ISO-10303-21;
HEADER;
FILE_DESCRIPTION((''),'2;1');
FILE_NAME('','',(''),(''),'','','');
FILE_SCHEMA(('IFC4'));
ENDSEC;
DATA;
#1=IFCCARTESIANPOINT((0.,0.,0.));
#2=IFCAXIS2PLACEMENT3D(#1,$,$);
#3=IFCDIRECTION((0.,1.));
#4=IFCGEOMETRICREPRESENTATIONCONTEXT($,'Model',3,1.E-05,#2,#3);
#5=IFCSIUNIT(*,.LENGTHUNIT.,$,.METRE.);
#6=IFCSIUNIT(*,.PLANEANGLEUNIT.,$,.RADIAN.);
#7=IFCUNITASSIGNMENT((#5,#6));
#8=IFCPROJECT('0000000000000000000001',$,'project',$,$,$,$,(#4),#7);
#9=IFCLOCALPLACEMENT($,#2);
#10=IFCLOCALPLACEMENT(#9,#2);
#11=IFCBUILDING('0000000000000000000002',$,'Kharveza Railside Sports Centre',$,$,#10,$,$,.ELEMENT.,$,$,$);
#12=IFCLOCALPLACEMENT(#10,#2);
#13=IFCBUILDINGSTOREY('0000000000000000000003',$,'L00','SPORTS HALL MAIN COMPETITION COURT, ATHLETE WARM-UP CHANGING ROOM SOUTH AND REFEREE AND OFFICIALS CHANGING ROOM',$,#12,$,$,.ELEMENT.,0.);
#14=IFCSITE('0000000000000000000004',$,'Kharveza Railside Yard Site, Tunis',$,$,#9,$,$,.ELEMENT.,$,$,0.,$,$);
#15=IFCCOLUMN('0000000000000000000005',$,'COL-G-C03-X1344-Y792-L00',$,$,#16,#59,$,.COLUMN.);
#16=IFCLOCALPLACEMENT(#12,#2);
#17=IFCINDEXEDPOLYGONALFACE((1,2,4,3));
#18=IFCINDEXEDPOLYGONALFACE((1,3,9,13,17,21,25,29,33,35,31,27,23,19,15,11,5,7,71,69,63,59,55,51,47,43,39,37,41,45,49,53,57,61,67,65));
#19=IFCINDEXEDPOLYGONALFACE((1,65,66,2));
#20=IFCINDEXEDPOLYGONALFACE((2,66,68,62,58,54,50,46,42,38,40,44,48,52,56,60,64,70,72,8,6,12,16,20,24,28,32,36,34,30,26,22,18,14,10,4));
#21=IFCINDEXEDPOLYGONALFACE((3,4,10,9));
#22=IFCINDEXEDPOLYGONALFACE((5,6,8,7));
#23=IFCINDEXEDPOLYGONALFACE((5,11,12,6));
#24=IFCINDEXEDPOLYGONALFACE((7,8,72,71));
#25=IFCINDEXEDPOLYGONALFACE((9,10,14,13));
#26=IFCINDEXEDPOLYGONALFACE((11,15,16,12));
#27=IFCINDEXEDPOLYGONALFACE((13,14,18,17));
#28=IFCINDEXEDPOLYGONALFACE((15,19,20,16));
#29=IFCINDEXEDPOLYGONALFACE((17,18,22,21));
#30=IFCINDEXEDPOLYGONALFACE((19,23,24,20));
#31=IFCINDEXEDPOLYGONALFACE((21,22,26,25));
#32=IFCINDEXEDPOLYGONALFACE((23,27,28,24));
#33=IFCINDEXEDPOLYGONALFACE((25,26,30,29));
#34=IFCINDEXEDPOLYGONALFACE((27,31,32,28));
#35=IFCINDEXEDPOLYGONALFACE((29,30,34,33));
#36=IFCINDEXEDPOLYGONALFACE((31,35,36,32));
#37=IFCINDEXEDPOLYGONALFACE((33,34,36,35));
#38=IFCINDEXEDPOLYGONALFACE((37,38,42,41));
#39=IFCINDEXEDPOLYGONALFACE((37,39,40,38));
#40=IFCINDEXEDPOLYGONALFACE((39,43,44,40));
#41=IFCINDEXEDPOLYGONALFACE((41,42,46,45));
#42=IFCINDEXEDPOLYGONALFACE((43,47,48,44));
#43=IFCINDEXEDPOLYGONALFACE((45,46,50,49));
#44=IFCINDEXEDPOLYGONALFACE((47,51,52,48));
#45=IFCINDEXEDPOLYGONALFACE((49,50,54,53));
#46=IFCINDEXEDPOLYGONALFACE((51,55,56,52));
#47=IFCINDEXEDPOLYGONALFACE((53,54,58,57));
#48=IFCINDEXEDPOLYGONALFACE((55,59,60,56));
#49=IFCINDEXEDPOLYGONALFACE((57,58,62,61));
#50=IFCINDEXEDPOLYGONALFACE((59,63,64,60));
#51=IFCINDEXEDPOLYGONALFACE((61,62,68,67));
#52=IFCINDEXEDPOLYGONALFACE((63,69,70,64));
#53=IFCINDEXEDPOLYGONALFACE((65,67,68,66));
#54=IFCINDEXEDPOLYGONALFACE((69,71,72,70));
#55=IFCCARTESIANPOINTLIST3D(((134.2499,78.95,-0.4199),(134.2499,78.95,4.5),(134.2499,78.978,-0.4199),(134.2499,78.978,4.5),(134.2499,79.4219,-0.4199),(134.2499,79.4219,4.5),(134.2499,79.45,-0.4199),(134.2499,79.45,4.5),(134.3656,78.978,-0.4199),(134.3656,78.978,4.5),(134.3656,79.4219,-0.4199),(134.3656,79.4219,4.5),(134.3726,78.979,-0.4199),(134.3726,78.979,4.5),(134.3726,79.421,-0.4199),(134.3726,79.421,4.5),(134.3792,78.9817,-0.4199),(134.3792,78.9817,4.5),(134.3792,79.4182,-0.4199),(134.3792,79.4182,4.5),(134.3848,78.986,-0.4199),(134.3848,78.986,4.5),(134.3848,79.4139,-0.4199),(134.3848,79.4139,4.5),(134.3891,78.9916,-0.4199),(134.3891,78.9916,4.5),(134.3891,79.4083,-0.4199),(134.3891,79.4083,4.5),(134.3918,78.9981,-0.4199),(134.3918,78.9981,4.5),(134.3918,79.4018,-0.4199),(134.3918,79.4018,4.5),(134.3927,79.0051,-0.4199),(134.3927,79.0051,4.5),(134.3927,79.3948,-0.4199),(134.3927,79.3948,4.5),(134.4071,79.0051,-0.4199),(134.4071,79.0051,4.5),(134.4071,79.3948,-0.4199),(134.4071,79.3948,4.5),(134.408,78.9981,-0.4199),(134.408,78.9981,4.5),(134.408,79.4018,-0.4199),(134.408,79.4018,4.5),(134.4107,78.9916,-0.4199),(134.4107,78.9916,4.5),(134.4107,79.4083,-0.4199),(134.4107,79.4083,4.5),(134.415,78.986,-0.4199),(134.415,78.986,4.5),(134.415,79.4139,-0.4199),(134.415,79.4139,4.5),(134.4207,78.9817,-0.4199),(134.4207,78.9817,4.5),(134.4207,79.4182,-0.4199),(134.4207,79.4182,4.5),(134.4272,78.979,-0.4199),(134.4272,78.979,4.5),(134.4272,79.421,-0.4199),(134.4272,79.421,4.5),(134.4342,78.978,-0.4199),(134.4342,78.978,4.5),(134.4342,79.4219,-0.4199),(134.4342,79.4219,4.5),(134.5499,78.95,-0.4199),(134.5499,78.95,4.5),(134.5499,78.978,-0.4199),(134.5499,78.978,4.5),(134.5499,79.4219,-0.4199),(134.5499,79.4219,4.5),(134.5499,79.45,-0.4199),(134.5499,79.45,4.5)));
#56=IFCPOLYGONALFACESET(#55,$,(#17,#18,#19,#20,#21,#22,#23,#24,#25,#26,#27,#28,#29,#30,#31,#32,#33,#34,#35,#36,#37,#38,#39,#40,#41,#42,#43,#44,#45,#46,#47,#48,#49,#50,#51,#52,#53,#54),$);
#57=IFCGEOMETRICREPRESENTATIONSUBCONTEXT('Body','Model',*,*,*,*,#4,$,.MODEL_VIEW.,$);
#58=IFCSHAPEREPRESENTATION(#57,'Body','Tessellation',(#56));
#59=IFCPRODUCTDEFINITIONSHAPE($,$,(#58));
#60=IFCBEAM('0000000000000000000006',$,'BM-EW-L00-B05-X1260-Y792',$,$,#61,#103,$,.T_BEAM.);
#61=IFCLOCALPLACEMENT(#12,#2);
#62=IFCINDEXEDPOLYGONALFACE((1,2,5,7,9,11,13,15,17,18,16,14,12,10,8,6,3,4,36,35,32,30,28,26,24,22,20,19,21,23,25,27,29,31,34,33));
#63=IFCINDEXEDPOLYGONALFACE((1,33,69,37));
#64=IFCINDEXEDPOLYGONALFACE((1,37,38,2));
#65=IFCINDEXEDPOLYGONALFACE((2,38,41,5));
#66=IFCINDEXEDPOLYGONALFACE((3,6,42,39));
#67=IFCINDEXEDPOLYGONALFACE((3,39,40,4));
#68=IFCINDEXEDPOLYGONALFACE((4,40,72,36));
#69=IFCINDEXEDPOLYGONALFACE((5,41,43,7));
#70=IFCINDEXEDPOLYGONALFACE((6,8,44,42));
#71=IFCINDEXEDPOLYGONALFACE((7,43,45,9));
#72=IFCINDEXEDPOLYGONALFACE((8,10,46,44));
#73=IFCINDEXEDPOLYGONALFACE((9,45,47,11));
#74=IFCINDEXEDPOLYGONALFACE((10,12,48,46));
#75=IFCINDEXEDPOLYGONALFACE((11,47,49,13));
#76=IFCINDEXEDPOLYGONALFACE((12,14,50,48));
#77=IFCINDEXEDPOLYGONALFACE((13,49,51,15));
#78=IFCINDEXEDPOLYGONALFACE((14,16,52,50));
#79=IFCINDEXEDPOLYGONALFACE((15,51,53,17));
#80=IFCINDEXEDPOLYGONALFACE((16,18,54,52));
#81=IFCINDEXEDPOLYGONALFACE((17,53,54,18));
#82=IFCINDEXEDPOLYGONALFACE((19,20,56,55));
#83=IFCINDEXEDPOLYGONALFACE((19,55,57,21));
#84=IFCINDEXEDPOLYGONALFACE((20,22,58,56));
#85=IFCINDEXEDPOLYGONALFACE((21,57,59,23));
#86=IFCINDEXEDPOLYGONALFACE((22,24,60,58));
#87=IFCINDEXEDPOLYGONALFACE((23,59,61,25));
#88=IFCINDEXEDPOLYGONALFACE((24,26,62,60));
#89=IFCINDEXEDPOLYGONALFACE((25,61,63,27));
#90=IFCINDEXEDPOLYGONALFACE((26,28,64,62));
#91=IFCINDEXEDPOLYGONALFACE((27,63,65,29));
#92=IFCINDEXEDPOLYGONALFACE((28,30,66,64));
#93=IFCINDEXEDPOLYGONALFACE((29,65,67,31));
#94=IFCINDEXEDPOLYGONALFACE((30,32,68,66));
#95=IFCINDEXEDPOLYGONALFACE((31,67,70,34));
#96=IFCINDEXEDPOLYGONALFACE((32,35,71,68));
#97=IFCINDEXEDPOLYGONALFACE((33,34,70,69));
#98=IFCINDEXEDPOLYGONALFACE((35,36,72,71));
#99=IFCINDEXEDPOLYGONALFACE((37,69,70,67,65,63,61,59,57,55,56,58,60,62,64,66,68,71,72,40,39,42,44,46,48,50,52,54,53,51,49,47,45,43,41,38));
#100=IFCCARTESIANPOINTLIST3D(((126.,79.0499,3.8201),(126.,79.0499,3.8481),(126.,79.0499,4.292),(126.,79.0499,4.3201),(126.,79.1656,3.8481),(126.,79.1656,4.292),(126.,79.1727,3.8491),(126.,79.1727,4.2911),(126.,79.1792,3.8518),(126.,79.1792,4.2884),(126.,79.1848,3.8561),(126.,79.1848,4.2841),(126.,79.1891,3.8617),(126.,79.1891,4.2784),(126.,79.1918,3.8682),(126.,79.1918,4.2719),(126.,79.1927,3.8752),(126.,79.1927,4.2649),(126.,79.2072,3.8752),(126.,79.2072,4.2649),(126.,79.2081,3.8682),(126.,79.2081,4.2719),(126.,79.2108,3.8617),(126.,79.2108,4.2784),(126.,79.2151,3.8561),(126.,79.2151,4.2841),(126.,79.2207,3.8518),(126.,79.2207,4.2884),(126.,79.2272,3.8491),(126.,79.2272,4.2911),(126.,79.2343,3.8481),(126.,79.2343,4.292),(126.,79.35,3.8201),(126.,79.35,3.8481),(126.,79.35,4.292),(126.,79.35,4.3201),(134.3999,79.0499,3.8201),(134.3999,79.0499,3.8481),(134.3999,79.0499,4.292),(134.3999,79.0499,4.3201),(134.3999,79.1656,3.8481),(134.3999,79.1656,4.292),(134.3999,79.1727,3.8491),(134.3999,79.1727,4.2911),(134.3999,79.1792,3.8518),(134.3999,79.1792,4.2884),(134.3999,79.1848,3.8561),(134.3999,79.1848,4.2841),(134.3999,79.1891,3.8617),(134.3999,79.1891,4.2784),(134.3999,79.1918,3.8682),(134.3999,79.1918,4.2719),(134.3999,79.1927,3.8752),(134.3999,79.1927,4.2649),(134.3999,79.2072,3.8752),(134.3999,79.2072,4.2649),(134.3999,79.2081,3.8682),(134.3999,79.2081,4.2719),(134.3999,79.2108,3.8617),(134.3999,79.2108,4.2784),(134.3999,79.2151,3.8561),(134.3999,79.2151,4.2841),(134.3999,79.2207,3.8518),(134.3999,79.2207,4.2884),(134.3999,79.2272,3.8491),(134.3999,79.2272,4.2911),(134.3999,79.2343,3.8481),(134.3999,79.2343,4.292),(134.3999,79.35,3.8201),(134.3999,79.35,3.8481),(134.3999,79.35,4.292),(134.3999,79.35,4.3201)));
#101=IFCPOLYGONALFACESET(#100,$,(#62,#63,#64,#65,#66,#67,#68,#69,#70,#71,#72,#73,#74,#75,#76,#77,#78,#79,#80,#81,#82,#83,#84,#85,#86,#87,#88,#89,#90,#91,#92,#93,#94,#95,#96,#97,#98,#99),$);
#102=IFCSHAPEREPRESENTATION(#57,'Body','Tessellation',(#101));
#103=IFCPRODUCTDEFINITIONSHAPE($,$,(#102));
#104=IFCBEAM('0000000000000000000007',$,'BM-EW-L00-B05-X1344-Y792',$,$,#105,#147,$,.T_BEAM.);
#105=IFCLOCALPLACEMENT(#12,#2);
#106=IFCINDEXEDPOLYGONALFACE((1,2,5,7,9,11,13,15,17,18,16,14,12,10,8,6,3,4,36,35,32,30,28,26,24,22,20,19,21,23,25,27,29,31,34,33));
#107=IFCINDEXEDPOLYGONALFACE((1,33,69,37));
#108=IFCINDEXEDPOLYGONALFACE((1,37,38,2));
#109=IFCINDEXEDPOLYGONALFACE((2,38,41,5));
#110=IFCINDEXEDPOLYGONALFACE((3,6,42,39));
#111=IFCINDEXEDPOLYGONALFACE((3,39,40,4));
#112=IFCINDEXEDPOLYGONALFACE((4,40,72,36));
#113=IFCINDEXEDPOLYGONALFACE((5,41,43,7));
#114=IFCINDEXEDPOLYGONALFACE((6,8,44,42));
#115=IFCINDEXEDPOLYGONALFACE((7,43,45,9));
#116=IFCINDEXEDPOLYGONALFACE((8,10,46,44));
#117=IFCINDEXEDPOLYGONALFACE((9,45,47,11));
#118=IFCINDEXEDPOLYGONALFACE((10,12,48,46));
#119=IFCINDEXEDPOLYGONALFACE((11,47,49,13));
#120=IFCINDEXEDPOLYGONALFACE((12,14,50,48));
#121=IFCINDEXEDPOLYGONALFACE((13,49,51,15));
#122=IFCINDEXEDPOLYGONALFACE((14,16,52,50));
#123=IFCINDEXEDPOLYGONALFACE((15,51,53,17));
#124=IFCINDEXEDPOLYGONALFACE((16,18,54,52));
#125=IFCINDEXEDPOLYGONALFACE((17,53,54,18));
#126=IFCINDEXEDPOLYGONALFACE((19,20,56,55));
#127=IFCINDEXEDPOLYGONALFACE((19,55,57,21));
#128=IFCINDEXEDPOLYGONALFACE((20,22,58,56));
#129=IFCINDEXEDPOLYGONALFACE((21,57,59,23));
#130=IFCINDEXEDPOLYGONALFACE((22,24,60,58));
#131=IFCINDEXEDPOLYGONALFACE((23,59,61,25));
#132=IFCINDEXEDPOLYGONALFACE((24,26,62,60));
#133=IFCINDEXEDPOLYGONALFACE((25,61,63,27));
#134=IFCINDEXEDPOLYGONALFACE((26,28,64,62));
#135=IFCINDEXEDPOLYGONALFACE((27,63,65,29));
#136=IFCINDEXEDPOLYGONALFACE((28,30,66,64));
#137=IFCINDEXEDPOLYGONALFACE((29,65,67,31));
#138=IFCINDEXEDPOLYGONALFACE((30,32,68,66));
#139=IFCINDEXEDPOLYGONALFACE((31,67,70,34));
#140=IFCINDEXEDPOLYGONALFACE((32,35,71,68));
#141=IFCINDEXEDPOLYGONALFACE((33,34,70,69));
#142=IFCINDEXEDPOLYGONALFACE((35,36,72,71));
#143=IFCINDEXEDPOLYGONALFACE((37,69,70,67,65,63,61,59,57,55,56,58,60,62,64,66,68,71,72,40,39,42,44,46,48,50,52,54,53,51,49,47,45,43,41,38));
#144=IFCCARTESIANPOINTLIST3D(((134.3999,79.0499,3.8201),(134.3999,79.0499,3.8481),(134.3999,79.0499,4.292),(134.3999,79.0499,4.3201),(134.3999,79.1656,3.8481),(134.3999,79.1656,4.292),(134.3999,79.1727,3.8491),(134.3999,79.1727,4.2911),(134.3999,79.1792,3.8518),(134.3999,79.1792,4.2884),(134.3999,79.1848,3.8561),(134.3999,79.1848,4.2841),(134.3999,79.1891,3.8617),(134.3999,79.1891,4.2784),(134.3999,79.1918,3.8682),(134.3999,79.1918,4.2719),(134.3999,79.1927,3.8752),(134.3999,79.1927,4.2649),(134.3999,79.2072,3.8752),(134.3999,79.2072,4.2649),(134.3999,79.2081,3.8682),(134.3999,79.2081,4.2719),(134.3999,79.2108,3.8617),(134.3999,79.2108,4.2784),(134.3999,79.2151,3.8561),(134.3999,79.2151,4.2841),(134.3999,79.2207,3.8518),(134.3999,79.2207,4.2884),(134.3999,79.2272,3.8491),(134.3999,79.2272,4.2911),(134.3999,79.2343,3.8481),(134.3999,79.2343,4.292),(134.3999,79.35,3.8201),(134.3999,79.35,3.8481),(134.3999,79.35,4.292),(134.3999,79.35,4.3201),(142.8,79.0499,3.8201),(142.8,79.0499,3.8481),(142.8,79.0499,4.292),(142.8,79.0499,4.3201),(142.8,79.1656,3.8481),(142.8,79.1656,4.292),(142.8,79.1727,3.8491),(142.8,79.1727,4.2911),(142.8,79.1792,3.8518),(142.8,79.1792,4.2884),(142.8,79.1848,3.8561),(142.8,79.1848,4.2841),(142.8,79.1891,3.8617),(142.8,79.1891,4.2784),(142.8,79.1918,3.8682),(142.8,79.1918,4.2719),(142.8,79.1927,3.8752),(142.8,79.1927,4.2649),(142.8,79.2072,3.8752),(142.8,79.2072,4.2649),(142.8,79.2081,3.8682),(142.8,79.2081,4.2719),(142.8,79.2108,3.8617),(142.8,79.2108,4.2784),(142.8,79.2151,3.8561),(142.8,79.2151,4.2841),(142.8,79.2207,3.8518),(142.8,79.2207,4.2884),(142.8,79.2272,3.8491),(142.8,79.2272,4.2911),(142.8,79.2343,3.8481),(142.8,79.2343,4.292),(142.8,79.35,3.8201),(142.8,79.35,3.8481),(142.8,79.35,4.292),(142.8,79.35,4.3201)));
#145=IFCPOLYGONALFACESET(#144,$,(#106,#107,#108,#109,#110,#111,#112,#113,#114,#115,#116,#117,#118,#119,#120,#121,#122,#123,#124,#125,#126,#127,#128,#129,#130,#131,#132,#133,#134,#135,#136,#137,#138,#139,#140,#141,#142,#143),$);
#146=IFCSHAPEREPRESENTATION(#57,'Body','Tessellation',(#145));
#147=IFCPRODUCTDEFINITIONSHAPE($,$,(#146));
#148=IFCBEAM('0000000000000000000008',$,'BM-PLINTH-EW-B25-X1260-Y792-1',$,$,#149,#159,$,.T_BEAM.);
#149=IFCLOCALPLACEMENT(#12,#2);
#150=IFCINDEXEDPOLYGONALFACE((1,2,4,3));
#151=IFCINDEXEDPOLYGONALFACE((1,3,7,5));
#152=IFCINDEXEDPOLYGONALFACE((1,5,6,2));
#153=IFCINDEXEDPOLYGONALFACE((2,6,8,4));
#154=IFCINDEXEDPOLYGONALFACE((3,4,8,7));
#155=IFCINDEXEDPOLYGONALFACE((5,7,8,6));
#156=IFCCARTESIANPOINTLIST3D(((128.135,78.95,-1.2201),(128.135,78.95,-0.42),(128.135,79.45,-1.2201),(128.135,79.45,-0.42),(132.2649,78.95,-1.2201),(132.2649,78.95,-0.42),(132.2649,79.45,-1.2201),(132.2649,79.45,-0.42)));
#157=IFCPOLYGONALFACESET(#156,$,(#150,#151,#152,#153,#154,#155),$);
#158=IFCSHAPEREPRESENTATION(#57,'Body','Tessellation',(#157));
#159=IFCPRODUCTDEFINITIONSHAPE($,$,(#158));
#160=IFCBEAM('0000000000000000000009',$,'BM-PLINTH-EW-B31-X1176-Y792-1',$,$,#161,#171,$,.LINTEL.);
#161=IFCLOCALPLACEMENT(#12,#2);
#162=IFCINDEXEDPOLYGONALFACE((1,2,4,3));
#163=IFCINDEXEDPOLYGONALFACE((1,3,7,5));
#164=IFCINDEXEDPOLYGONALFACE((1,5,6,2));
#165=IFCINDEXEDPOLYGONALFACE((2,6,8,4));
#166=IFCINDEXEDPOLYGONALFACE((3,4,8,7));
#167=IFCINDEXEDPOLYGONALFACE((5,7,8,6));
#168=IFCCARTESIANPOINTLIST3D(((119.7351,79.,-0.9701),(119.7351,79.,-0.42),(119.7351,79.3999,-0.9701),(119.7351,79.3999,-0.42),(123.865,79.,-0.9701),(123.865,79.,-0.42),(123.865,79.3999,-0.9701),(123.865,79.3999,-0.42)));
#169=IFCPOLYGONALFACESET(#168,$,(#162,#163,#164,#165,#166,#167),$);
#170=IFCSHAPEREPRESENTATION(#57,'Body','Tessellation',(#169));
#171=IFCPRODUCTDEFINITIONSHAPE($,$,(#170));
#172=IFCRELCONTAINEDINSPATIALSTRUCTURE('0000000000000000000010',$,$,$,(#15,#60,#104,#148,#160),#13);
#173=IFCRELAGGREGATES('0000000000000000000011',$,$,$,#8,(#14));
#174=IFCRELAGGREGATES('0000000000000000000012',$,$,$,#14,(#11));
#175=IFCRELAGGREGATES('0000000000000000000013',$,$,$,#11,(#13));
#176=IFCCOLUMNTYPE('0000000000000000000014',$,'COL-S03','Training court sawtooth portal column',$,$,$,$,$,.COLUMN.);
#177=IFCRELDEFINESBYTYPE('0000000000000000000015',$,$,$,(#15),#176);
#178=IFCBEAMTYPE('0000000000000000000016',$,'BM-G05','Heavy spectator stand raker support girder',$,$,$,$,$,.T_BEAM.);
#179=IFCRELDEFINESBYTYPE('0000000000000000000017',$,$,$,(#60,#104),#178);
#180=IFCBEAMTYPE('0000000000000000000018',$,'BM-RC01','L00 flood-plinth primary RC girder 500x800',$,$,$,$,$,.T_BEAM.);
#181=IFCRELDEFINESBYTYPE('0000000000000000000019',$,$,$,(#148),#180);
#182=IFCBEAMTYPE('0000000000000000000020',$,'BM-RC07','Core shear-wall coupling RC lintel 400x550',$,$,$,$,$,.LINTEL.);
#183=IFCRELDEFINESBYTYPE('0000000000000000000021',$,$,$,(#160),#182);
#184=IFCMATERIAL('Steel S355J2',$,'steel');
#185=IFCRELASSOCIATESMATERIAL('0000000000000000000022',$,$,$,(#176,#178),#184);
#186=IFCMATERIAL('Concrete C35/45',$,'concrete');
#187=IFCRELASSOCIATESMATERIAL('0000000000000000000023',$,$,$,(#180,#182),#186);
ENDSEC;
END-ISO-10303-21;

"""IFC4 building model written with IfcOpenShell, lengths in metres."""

from ifc_helpers import new_model, si_unit, direction, frame, origin, origin_2d, place, context, subcontext, project, spatial, rectangle, i_section, extrude, material, material_profile, profile_set, type_object, element, save


model = new_model("IFC4")

# Units and contexts
model_context = context("Model", 3, precision=1e-05, world=origin(), true_north=direction((0.0, 1.0)))
body_context = subcontext(model_context, "Body", "Model", "MODEL_VIEW")
ifc_project = project(units=[si_unit("LENGTHUNIT", "METRE"), si_unit("PLANEANGLEUNIT", "RADIAN")], contexts=[model_context])

# Site, building, storey
site_placement = place(None, origin())
site = spatial("IfcSite", under=ifc_project, at=site_placement, Name="Kharveza Railside Yard Site, Tunis", CompositionType="ELEMENT", RefElevation=0.0)
building_placement = place(site_placement, origin())
building = spatial("IfcBuilding", under=site, at=building_placement, Name="Kharveza Railside Sports Centre", CompositionType="ELEMENT")
storey_placement = place(building_placement, origin())
storey = spatial("IfcBuildingStorey", under=building, at=storey_placement, Name="L00", Description="SPORTS HALL MAIN COMPETITION COURT, ATHLETE WARM-UP CHANGING ROOM SOUTH AND REFEREE AND OFFICIALS CHANGING ROOM", CompositionType="ELEMENT", Elevation=0.0)

# Shared definitions
ifc_material_1 = material(Name="Concrete C35/45", Category="concrete")

# Column
ifc_material_2 = material(Name="Steel S355J2", Category="steel")
ifc_material_profile_1 = material_profile(ifc_material_2, i_section(OverallWidth=0.3, OverallDepth=0.5, WebThickness=0.0144, FlangeThickness=0.0281, FilletRadius=0.0271, at=origin_2d()), Name="HEB 500")
ifc_profile_set_1 = profile_set([ifc_material_profile_1], Name="Steel S355J2")
column_type = type_object("IfcColumnType", Name="COL-S03", Description="Training court sawtooth portal column", PredefinedType="COLUMN", material=ifc_profile_set_1)
for number, where, z_axis, x_axis, name in (
    (1, (134.3999, 79.2, -0.4199), (0.0, 0.0, 1.0), (1.0, 0.0, 0.0), "COL-G-C03-X1344-Y792-L00"),
):
    element("IfcColumn", number, at=place(storey_placement, frame(where, z_axis=z_axis, x_axis=x_axis)), inside=storey, type_object=column_type, Name=name, PredefinedType="COLUMN", context=body_context, shape_type="SweptSolid", body=[
        extrude(i_section(OverallWidth=0.3, OverallDepth=0.5, WebThickness=0.0144, FlangeThickness=0.0281, FilletRadius=0.0271, at=origin_2d()), origin(), (0.0, 0.0, 1.0), 4.9199),
    ])

# Beams
ifc_material_profile_2 = material_profile(ifc_material_2, i_section(OverallWidth=0.3, OverallDepth=0.5, WebThickness=0.0144, FlangeThickness=0.0281, FilletRadius=0.0271, at=origin_2d()), Name="HEB 500")
ifc_profile_set_2 = profile_set([ifc_material_profile_2], Name="Steel S355J2")
beam_type_1 = type_object("IfcBeamType", Name="BM-G05", Description="Heavy spectator stand raker support girder", PredefinedType="T_BEAM", material=ifc_profile_set_2)
beam_1_placement = place(storey_placement, frame((126.0, 79.2, 4.0701), z_axis=(1.0, 0.0, 0.0), x_axis=(0.0, 1.0, 0.0)))
element("IfcBeam", 2, at=beam_1_placement, inside=storey, type_object=beam_type_1, Name="BM-EW-L00-B05-X1260-Y792", PredefinedType="T_BEAM", context=body_context, shape_type="SweptSolid", body=[
    extrude(i_section(OverallWidth=0.3, OverallDepth=0.5, WebThickness=0.0144, FlangeThickness=0.0281, FilletRadius=0.0271, at=origin_2d()), origin(), (0.0, 0.0, 1.0), 8.3999),
])
beam_2_placement = place(storey_placement, frame((134.3999, 79.2, 4.0701), z_axis=(1.0, 0.0, 0.0), x_axis=(0.0, 1.0, 0.0)))
element("IfcBeam", 3, at=beam_2_placement, inside=storey, type_object=beam_type_1, Name="BM-EW-L00-B05-X1344-Y792", PredefinedType="T_BEAM", context=body_context, shape_type="SweptSolid", body=[
    extrude(i_section(OverallWidth=0.3, OverallDepth=0.5, WebThickness=0.0144, FlangeThickness=0.0281, FilletRadius=0.0271, at=origin_2d()), origin(), (0.0, 0.0, 1.0), 8.4001),
])
ifc_material_profile_3 = material_profile(ifc_material_1, rectangle(XDim=0.5, YDim=0.8, at=origin_2d()), Name="RCB 500x800")
ifc_profile_set_3 = profile_set([ifc_material_profile_3], Name="Concrete C35/45")
beam_type_2 = type_object("IfcBeamType", Name="BM-RC01", Description="L00 flood-plinth primary RC girder 500x800", PredefinedType="T_BEAM", material=ifc_profile_set_3)
beam_3_placement = place(storey_placement, frame((128.135, 79.2, -0.8201), z_axis=(1.0, 0.0, 0.0), x_axis=(0.0, 1.0, 0.0)))
element("IfcBeam", 4, at=beam_3_placement, inside=storey, type_object=beam_type_2, Name="BM-PLINTH-EW-B25-X1260-Y792-1", PredefinedType="T_BEAM", context=body_context, shape_type="SweptSolid", body=[
    extrude(rectangle(XDim=0.5, YDim=0.8, at=origin_2d()), origin(), (0.0, 0.0, 1.0), 4.1299),
])
ifc_material_profile_4 = material_profile(ifc_material_1, rectangle(XDim=0.3999, YDim=0.55, at=origin_2d()), Name="RCB 400x550")
ifc_profile_set_4 = profile_set([ifc_material_profile_4], Name="Concrete C35/45")
beam_type_3 = type_object("IfcBeamType", Name="BM-RC07", Description="Core shear-wall coupling RC lintel 400x550", PredefinedType="LINTEL", material=ifc_profile_set_4)
beam_4_placement = place(storey_placement, frame((119.7351, 79.2, -0.6951), z_axis=(1.0, 0.0, 0.0), x_axis=(0.0, 1.0, 0.0)))
element("IfcBeam", 5, at=beam_4_placement, inside=storey, type_object=beam_type_3, Name="BM-PLINTH-EW-B31-X1176-Y792-1", PredefinedType="LINTEL", context=body_context, shape_type="SweptSolid", body=[
    extrude(rectangle(XDim=0.3999, YDim=0.55, at=origin_2d()), origin(), (0.0, 0.0, 1.0), 4.1299),
])

save(model, "model.ifc")
